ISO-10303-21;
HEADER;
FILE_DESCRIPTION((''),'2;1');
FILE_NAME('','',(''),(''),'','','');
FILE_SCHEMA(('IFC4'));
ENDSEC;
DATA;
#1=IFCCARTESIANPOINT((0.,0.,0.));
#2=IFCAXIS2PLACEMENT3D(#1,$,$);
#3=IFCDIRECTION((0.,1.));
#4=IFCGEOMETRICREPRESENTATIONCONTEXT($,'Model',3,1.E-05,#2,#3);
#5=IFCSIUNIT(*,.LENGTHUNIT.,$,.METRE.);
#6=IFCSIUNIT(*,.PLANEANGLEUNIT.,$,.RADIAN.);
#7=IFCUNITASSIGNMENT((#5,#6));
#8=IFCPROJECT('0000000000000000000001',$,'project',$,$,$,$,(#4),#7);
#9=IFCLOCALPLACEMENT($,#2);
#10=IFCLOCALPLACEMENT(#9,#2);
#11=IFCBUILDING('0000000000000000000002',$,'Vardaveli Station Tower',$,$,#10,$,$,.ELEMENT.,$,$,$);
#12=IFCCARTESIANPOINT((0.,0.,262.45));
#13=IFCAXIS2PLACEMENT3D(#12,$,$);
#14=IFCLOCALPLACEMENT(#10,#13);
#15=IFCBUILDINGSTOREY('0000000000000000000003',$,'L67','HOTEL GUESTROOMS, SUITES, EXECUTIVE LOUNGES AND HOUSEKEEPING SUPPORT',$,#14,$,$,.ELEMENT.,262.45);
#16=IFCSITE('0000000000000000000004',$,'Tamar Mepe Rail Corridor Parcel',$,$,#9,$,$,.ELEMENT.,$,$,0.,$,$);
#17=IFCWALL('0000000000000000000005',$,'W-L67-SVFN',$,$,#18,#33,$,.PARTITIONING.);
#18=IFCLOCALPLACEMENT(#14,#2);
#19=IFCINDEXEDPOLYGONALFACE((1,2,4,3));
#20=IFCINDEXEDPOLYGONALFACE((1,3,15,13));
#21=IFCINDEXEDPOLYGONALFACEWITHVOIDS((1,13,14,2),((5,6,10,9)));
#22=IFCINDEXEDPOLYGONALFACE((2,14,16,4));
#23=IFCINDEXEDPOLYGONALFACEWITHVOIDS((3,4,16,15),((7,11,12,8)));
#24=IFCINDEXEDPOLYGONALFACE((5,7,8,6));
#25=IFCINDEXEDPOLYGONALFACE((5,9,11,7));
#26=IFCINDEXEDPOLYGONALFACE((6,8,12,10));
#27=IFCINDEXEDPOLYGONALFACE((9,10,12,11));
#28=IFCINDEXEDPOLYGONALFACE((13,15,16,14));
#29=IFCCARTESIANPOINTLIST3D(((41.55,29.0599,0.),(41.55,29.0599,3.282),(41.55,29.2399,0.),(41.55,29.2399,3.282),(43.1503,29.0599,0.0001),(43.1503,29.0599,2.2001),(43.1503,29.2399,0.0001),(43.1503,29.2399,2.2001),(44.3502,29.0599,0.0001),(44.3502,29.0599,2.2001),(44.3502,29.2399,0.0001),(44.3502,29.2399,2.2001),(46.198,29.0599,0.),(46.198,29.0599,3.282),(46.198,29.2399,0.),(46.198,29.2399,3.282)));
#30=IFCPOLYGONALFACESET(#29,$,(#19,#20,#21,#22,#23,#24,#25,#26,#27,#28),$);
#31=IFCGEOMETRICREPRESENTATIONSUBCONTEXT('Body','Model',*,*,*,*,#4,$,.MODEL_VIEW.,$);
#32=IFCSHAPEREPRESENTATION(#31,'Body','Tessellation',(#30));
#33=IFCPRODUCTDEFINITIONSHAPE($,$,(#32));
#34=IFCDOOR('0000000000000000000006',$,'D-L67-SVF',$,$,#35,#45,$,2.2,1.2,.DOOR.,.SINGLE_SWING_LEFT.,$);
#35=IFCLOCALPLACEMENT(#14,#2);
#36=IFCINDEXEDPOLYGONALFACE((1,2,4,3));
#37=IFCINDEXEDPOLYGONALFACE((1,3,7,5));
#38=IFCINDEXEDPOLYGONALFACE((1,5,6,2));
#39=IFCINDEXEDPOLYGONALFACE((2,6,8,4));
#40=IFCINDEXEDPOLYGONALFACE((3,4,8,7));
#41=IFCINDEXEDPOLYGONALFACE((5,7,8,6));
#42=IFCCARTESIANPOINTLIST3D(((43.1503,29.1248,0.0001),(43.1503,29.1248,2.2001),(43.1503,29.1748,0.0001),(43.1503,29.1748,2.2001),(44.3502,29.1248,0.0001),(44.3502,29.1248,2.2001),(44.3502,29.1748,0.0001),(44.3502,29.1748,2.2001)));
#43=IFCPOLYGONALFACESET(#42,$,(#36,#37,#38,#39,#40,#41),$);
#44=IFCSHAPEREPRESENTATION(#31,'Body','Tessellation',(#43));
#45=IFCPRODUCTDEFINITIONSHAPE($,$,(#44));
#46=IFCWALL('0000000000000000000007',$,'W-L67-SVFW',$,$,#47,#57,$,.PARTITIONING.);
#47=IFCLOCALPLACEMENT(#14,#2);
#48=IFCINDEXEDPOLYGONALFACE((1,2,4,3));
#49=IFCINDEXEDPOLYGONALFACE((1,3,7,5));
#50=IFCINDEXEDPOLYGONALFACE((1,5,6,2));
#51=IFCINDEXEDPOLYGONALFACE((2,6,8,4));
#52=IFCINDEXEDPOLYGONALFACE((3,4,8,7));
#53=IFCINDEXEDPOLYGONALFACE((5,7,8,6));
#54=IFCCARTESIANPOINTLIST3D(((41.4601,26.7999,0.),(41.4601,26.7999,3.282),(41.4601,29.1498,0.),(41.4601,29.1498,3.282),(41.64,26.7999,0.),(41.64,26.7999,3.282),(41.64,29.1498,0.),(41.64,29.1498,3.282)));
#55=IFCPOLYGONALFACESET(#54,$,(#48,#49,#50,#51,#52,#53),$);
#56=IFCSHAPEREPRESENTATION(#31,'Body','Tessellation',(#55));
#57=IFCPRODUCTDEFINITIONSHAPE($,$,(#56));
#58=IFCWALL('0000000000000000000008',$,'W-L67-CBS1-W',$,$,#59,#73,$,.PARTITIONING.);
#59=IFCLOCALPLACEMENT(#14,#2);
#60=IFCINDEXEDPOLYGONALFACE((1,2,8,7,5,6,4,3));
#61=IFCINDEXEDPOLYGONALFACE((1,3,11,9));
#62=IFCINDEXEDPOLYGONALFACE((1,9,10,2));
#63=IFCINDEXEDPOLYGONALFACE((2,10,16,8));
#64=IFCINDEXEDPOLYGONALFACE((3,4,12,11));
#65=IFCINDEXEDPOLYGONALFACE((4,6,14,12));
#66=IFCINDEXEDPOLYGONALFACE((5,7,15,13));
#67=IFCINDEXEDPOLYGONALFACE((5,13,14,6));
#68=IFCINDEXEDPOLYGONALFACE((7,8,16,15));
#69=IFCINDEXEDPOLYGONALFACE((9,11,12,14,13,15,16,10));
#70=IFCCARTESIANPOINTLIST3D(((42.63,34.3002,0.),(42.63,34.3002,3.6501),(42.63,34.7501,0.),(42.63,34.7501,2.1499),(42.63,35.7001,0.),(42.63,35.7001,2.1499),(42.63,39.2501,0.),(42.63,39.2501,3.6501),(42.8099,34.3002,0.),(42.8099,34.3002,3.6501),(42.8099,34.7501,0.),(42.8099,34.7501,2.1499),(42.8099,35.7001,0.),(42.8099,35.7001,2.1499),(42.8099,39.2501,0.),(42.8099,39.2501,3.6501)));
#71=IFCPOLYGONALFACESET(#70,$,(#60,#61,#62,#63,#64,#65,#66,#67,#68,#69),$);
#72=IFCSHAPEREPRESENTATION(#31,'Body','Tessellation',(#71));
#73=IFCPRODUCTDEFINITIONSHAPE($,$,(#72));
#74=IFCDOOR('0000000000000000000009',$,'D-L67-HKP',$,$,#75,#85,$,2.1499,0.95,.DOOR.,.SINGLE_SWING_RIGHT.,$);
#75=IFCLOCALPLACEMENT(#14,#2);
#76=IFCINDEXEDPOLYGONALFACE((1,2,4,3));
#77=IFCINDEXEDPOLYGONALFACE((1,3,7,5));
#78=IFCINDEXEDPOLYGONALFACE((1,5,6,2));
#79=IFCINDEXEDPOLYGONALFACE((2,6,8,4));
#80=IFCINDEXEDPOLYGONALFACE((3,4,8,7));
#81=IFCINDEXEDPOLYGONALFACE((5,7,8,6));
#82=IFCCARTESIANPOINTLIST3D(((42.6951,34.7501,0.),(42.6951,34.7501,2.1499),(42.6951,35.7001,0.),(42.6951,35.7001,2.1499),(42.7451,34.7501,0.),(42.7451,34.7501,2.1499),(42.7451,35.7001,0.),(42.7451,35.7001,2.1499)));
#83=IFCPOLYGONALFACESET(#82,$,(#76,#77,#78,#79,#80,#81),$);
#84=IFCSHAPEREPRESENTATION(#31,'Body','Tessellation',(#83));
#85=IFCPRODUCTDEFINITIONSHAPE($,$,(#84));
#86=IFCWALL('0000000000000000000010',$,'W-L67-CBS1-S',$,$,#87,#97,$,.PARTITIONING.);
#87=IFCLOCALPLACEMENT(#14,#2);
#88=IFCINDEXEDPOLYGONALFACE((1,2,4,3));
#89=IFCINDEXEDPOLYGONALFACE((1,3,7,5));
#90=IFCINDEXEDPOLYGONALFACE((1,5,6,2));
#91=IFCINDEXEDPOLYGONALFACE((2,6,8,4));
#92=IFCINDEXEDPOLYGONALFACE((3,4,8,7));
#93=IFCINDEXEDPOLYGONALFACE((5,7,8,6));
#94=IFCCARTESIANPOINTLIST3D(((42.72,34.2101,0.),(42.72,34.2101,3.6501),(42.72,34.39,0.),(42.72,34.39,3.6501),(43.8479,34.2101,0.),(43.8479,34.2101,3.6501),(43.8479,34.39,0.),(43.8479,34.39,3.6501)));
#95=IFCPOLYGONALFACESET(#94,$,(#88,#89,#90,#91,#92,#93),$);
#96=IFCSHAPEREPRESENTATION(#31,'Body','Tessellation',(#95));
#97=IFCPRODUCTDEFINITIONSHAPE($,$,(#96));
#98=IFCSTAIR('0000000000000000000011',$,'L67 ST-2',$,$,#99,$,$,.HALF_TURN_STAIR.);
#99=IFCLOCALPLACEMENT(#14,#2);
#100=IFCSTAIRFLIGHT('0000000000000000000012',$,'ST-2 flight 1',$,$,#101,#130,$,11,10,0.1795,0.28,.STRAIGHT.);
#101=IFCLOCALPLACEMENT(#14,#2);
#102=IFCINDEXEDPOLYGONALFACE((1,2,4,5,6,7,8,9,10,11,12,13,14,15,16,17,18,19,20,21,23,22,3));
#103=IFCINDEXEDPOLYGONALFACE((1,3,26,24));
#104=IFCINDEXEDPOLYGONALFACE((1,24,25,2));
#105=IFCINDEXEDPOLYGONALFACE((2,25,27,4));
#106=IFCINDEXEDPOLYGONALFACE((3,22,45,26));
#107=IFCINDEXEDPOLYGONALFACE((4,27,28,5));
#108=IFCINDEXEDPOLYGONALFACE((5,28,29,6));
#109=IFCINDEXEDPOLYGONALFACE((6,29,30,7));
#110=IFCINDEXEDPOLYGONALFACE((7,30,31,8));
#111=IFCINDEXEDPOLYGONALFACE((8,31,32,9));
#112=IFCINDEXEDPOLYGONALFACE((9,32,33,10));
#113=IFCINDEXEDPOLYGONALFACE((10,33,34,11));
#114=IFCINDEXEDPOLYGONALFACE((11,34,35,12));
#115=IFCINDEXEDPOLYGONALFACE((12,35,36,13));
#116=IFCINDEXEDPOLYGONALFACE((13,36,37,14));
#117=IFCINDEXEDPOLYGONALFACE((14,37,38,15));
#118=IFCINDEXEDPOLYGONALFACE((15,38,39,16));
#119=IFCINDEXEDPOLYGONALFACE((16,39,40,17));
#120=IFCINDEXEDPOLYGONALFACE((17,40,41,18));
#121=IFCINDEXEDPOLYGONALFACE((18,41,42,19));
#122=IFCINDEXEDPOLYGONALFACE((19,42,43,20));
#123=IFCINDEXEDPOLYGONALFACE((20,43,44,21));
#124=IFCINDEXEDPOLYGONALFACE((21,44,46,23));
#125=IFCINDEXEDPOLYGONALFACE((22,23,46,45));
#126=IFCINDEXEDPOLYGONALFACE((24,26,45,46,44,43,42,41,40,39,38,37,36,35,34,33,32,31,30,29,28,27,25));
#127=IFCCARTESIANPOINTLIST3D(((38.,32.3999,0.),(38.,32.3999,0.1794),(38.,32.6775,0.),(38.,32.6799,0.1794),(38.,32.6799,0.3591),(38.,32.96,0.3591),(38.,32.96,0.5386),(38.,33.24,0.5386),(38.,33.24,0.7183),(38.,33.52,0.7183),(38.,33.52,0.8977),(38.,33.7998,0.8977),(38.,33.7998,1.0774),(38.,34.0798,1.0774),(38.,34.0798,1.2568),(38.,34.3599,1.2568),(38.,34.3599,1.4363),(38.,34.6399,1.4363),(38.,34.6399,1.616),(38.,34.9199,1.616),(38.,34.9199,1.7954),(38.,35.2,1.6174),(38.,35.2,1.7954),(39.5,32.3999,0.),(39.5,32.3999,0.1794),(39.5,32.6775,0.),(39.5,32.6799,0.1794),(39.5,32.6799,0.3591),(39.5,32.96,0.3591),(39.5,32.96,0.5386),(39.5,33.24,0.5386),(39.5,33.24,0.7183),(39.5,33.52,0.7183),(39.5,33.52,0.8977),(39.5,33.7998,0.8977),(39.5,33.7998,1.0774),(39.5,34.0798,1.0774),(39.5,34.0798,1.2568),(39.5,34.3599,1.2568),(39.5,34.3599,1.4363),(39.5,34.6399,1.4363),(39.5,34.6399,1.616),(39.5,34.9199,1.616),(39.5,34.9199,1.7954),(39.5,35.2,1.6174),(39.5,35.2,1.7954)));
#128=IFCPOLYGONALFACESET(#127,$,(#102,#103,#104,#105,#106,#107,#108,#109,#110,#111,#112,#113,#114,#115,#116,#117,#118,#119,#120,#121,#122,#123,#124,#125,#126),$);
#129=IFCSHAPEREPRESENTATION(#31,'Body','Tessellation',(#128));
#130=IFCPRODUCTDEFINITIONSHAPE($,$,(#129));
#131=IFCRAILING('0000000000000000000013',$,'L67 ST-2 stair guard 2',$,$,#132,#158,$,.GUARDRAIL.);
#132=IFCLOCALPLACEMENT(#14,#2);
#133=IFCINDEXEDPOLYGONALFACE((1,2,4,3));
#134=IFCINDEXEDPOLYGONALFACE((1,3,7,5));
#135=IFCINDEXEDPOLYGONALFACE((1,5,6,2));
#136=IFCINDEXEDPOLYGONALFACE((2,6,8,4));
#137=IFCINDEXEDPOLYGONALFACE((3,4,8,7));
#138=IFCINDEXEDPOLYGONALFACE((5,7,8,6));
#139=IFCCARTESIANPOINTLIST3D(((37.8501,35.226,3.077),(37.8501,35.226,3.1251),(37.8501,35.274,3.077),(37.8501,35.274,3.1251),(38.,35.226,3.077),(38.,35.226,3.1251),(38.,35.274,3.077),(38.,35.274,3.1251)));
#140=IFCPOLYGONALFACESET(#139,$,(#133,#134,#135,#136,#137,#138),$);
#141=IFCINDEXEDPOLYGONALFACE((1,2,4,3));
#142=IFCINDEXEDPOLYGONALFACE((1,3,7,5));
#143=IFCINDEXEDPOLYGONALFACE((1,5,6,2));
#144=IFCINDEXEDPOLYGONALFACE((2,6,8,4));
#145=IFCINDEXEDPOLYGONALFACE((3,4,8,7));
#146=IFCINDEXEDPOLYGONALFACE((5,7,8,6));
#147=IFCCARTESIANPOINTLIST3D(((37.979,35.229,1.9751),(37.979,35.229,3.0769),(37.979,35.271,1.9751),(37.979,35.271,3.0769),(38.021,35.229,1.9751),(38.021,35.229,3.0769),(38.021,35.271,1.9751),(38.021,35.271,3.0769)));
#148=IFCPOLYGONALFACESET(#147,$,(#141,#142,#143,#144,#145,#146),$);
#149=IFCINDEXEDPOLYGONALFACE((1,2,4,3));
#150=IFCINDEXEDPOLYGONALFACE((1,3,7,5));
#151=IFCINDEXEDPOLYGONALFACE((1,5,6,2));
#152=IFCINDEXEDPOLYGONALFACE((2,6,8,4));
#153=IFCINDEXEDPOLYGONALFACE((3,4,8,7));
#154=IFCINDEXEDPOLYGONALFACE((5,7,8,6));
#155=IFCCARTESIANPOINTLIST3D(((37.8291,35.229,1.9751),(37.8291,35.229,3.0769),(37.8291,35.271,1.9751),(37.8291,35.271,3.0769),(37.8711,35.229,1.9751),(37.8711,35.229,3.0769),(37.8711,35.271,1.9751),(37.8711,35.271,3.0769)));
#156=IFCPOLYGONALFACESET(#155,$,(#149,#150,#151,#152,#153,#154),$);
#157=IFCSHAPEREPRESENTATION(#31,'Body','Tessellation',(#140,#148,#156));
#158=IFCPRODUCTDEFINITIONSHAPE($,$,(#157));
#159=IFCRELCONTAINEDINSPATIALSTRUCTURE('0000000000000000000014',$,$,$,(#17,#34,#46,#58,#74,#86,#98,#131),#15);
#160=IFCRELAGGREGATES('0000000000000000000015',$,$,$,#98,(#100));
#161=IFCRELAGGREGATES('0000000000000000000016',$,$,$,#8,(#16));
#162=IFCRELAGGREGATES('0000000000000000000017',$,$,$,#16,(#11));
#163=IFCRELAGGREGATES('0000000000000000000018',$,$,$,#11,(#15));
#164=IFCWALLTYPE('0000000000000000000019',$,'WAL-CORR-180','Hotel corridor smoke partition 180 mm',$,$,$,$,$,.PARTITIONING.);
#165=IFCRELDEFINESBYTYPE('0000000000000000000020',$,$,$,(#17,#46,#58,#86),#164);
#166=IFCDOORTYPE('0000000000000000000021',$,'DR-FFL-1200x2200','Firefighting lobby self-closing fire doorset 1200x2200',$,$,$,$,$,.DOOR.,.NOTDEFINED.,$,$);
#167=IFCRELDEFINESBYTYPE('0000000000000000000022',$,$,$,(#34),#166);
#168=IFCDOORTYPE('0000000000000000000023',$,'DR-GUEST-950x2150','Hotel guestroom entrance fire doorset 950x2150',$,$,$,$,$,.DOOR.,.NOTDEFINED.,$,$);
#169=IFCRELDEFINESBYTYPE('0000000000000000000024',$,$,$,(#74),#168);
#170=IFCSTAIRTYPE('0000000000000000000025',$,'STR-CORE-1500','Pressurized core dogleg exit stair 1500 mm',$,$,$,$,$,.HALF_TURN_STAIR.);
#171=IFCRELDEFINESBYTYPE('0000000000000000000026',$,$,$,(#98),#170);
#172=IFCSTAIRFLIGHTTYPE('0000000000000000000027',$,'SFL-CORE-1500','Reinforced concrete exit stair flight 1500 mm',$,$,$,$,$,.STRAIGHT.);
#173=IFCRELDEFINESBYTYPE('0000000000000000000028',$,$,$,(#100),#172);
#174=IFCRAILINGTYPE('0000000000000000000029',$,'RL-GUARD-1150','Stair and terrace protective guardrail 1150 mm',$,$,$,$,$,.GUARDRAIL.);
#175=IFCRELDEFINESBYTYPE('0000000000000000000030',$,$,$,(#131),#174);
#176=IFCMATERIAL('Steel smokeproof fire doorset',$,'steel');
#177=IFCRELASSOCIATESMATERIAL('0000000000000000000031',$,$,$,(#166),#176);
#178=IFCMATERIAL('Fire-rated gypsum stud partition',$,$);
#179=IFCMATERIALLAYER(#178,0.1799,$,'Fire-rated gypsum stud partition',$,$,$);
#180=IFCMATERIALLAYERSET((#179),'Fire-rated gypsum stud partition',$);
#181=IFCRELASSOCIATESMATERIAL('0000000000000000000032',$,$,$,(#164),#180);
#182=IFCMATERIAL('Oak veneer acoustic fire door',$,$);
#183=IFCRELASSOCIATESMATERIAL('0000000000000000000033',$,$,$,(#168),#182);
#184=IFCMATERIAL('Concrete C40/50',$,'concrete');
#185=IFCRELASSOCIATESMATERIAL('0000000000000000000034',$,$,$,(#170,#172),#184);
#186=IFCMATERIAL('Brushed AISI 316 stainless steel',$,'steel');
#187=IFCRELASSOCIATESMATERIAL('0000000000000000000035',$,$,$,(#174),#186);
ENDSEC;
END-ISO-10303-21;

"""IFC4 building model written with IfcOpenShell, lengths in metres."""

from ifc_helpers import new_model, si_unit, direction, frame, frame_2d, origin, origin_2d, place, context, subcontext, project, spatial, polyline, rectangle, outline, extrude, source, transform, mapped, material, layer, layer_set, type_object, element, fill, aggregate, save


model = new_model("IFC4")

# Units and contexts
model_context = context("Model", 3, precision=1e-05, world=origin(), true_north=direction((0.0, 1.0)))
body_context = subcontext(model_context, "Body", "Model", "MODEL_VIEW")
ifc_project = project(units=[si_unit("LENGTHUNIT", "METRE"), si_unit("PLANEANGLEUNIT", "RADIAN")], contexts=[model_context])

# Site, building, storey
site_placement = place(None, origin())
site = spatial("IfcSite", under=ifc_project, at=site_placement, Name="Tamar Mepe Rail Corridor Parcel", CompositionType="ELEMENT", RefElevation=0.0)
building_placement = place(site_placement, origin())
building = spatial("IfcBuilding", under=site, at=building_placement, Name="Vardaveli Station Tower", CompositionType="ELEMENT")
storey_placement = place(building_placement, frame((0.0, 0.0, 262.45)))
storey = spatial("IfcBuildingStorey", under=building, at=storey_placement, Name="L67", Description="HOTEL GUESTROOMS, SUITES, EXECUTIVE LOUNGES AND HOUSEKEEPING SUPPORT", CompositionType="ELEMENT", Elevation=262.45)

# Shared definitions
ifc_material_1 = material(Name="Concrete C40/50", Category="concrete")

# Wall, opening, door
ifc_material_2 = material(Name="Steel smokeproof fire doorset", Category="steel")
door_type_1 = type_object("IfcDoorType", Name="DR-FFL-1200x2200", Description="Firefighting lobby self-closing fire doorset 1200x2200", OperationType="NOTDEFINED", PredefinedType="DOOR", material=ifc_material_2)
shared_shape_1 = source(origin(), body_context, "Body", "SweptSolid", [
    extrude(rectangle(XDim=1.2, YDim=2.2, at=frame_2d((0.6001, 1.1001))), frame((0.0, 0.0249, 0.0), z_axis=(0.0, -1.0, 0.0), x_axis=(1.0, 0.0, 0.0)), (0.0, 0.0, 1.0), 0.05),
])
ifc_material_3 = material(Name="Fire-rated gypsum stud partition")
ifc_layer_1 = layer(ifc_material_3, 0.1799, Name="Fire-rated gypsum stud partition")
ifc_layer_set_1 = layer_set([ifc_layer_1], Name="Fire-rated gypsum stud partition")
wall_type_1 = type_object("IfcWallType", Name="WAL-CORR-180", Description="Hotel corridor smoke partition 180 mm", PredefinedType="PARTITIONING", material=ifc_layer_set_1)
shared_shape_2 = source(origin(), body_context, "Body", "SweptSolid", [
    extrude(rectangle(XDim=4.6479, YDim=0.1799, at=frame_2d((2.324, 0.0))), origin(), (0.0, 0.0, 1.0), 3.282),
])
wall_1_placement = place(storey_placement, frame((41.55, 29.1499, 0.0), z_axis=(0.0, 0.0, 1.0), x_axis=(1.0, 0.0, 0.0)))
wall_1 = element("IfcWall", 1, at=wall_1_placement, inside=storey, type_object=wall_type_1, Name="W-L67-SVFN", PredefinedType="PARTITIONING", context=body_context, shape_type="MappedRepresentation", body=[
    mapped(shared_shape_2, transform((0.0, 0.0, 0.0), scale=1.0)),
])
shared_shape_3 = source(origin(), body_context, "Body", "SweptSolid", [
    extrude(rectangle(XDim=1.2, YDim=2.2, at=frame_2d((0.6001, 1.1001))), frame((0.0, 0.1001, 0.0), z_axis=(0.0, -1.0, 0.0), x_axis=(1.0, 0.0, 0.0)), (0.0, 0.0, 1.0), 0.2),
])
opening_1_placement = place(wall_1_placement, frame((1.6001, 0.0, 0.0)))
opening_1 = element("IfcOpeningElement", 2, at=opening_1_placement, cuts=wall_1, PredefinedType="OPENING", context=body_context, shape_type="MappedRepresentation", body=[
    mapped(shared_shape_3, transform((0.0, 0.0, 0.0), scale=1.0)),
])
door_1_placement = place(opening_1_placement, origin())
door_1 = element("IfcDoor", 3, at=door_1_placement, inside=storey, type_object=door_type_1, Name="D-L67-SVF", OperationType="SINGLE_SWING_LEFT", OverallHeight=2.2, OverallWidth=1.2, PredefinedType="DOOR", context=body_context, shape_type="MappedRepresentation", body=[
    mapped(shared_shape_1, transform((0.0, 0.0, 0.0), scale=1.0)),
])
fill(opening_1, door_1)

# Wall
shared_shape_4 = source(origin(), body_context, "Body", "SweptSolid", [
    extrude(rectangle(XDim=2.3499, YDim=0.1799, at=frame_2d((1.1748, 0.0))), origin(), (0.0, 0.0, 1.0), 3.282),
])
wall_2_placement = place(storey_placement, frame((41.55, 26.8, 0.0), z_axis=(0.0, 0.0, 1.0), x_axis=(0.0, 1.0, 0.0)))
element("IfcWall", 4, at=wall_2_placement, inside=storey, type_object=wall_type_1, Name="W-L67-SVFW", PredefinedType="PARTITIONING", context=body_context, shape_type="MappedRepresentation", body=[
    mapped(shared_shape_4, transform((0.0, 0.0, 0.0), scale=1.0)),
])

# Wall, opening, door
shared_shape_5 = source(origin(), body_context, "Body", "SweptSolid", [
    extrude(rectangle(XDim=4.95, YDim=0.1799, at=frame_2d((2.4751, 0.0))), origin(), (0.0, 0.0, 1.0), 3.6501),
])
wall_3_placement = place(storey_placement, frame((42.72, 34.3, 0.0), z_axis=(0.0, 0.0, 1.0), x_axis=(0.0, 1.0, 0.0)))
wall_3 = element("IfcWall", 5, at=wall_3_placement, inside=storey, type_object=wall_type_1, Name="W-L67-CBS1-W", PredefinedType="PARTITIONING", context=body_context, shape_type="MappedRepresentation", body=[
    mapped(shared_shape_5, transform((0.0, 0.0, 0.0), scale=1.0)),
])
shared_shape_6 = source(origin(), body_context, "Body", "SweptSolid", [
    extrude(rectangle(XDim=0.95, YDim=2.1499, at=frame_2d((0.4751, 1.075))), frame((0.0, 0.1001, 0.0), z_axis=(0.0, -1.0, 0.0), x_axis=(1.0, 0.0, 0.0)), (0.0, 0.0, 1.0), 0.2),
])
opening_2_placement = place(wall_3_placement, frame((0.45, 0.0, 0.0)))
opening_2 = element("IfcOpeningElement", 6, at=opening_2_placement, cuts=wall_3, PredefinedType="OPENING", context=body_context, shape_type="MappedRepresentation", body=[
    mapped(shared_shape_6, transform((0.0, 0.0, 0.0), scale=1.0)),
])
ifc_material_4 = material(Name="Oak veneer acoustic fire door")
door_type_2 = type_object("IfcDoorType", Name="DR-GUEST-950x2150", Description="Hotel guestroom entrance fire doorset 950x2150", OperationType="NOTDEFINED", PredefinedType="DOOR", material=ifc_material_4)
shared_shape_7 = source(origin(), body_context, "Body", "SweptSolid", [
    extrude(rectangle(XDim=0.95, YDim=2.1499, at=frame_2d((0.4751, 1.075))), frame((0.0, 0.0249, 0.0), z_axis=(0.0, -1.0, 0.0), x_axis=(1.0, 0.0, 0.0)), (0.0, 0.0, 1.0), 0.05),
])
door_2_placement = place(opening_2_placement, origin())
door_2 = element("IfcDoor", 7, at=door_2_placement, inside=storey, type_object=door_type_2, Name="D-L67-HKP", OperationType="SINGLE_SWING_RIGHT", OverallHeight=2.1499, OverallWidth=0.95, PredefinedType="DOOR", context=body_context, shape_type="MappedRepresentation", body=[
    mapped(shared_shape_7, transform((0.0, 0.0, 0.0), scale=1.0)),
])
fill(opening_2, door_2)

# Wall
shared_shape_8 = source(origin(), body_context, "Body", "SweptSolid", [
    extrude(rectangle(XDim=1.1279, YDim=0.1799, at=frame_2d((0.564, 0.0))), origin(), (0.0, 0.0, 1.0), 3.6501),
])
wall_4_placement = place(storey_placement, frame((42.72, 34.3, 0.0), z_axis=(0.0, 0.0, 1.0), x_axis=(1.0, 0.0, 0.0)))
element("IfcWall", 8, at=wall_4_placement, inside=storey, type_object=wall_type_1, Name="W-L67-CBS1-S", PredefinedType="PARTITIONING", context=body_context, shape_type="MappedRepresentation", body=[
    mapped(shared_shape_8, transform((0.0, 0.0, 0.0), scale=1.0)),
])

# Stair, stair flight
stair_type = type_object("IfcStairType", Name="STR-CORE-1500", Description="Pressurized core dogleg exit stair 1500 mm", PredefinedType="HALF_TURN_STAIR", material=ifc_material_1)
stair_placement = place(storey_placement, origin())
stair = element("IfcStair", 9, at=stair_placement, inside=storey, type_object=stair_type, Name="L67 ST-2", PredefinedType="HALF_TURN_STAIR")
stair_flight_type = type_object("IfcStairFlightType", Name="SFL-CORE-1500", Description="Reinforced concrete exit stair flight 1500 mm", PredefinedType="STRAIGHT", material=ifc_material_1)
shared_shape_9 = source(origin(), body_context, "Body", "SweptSolid", [
    extrude(outline(polyline([(0.0, 0.0), (0.0, 0.1794), (0.28, 0.1794), (0.28, 0.3591), (0.5601, 0.3591), (0.5601, 0.5386), (0.8401, 0.5386), (0.8401, 0.7183), (1.1201, 0.7183), (1.1201, 0.8977), (1.3999, 0.8977), (1.3999, 1.0774), (1.6799, 1.0774), (1.6799, 1.2568), (1.96, 1.2568), (1.96, 1.4363), (2.24, 1.4363), (2.24, 1.616), (2.52, 1.616), (2.52, 1.7954), (2.8, 1.7954), (2.8, 1.9751), (2.8, 1.6174), (0.2776, 0.0), (0.0, 0.0)])), frame((0.0, 0.75, 0.0), z_axis=(0.0, -1.0, 0.0), x_axis=(1.0, 0.0, 0.0)), (0.0, 0.0, 1.0), 1.5),
])
stair_flight_placement = place(storey_placement, frame((38.75, 32.3999, 0.0), z_axis=(0.0, 0.0, 1.0), x_axis=(0.0, 1.0, 0.0)))
stair_flight = element("IfcStairFlight", 10, at=stair_flight_placement, type_object=stair_flight_type, Name="ST-2 flight 1", NumberOfRisers=11, NumberOfTreads=10, PredefinedType="STRAIGHT", RiserHeight=0.1795, TreadLength=0.28, context=body_context, shape_type="MappedRepresentation", body=[
    mapped(shared_shape_9, transform((0.0, 0.0, 0.0), scale=1.0)),
])
aggregate(stair, [stair_flight])

# Railing
ifc_material_5 = material(Name="Brushed AISI 316 stainless steel", Category="steel")
railing_type_1 = type_object("IfcRailingType", Name="RL-GUARD-1150", Description="Stair and terrace protective guardrail 1150 mm", PredefinedType="GUARDRAIL", material=ifc_material_5)
shared_shape_10 = source(origin(), body_context, "Body", "SweptSolid", [
    extrude(rectangle(XDim=0.0481, YDim=0.0481, at=origin_2d()), frame((0.0, 0.0, 1.126), z_axis=(-1.0, 0.0, 0.0), x_axis=(0.0, -1.0, 0.0)), (0.0, 0.0, 1.0), 0.1499),
    extrude(rectangle(XDim=0.042, YDim=0.042, at=origin_2d()), origin(), (0.0, 0.0, 1.0), 1.1018),
    extrude(rectangle(XDim=0.042, YDim=0.042, at=origin_2d()), frame((-0.1499, 0.0, 0.0)), (0.0, 0.0, 1.0), 1.1018),
])
for number, where, name in (
    (11, (38.0, 35.25, 1.9751), "L67 ST-2 stair guard 2"),
):
    element("IfcRailing", number, at=place(storey_placement, frame(where)), inside=storey, type_object=railing_type_1, Name=name, PredefinedType="GUARDRAIL", context=body_context, shape_type="MappedRepresentation", body=[
        mapped(shared_shape_10, transform((0.0, 0.0, 0.0), scale=1.0)),
    ])

save(model, "model.ifc")
